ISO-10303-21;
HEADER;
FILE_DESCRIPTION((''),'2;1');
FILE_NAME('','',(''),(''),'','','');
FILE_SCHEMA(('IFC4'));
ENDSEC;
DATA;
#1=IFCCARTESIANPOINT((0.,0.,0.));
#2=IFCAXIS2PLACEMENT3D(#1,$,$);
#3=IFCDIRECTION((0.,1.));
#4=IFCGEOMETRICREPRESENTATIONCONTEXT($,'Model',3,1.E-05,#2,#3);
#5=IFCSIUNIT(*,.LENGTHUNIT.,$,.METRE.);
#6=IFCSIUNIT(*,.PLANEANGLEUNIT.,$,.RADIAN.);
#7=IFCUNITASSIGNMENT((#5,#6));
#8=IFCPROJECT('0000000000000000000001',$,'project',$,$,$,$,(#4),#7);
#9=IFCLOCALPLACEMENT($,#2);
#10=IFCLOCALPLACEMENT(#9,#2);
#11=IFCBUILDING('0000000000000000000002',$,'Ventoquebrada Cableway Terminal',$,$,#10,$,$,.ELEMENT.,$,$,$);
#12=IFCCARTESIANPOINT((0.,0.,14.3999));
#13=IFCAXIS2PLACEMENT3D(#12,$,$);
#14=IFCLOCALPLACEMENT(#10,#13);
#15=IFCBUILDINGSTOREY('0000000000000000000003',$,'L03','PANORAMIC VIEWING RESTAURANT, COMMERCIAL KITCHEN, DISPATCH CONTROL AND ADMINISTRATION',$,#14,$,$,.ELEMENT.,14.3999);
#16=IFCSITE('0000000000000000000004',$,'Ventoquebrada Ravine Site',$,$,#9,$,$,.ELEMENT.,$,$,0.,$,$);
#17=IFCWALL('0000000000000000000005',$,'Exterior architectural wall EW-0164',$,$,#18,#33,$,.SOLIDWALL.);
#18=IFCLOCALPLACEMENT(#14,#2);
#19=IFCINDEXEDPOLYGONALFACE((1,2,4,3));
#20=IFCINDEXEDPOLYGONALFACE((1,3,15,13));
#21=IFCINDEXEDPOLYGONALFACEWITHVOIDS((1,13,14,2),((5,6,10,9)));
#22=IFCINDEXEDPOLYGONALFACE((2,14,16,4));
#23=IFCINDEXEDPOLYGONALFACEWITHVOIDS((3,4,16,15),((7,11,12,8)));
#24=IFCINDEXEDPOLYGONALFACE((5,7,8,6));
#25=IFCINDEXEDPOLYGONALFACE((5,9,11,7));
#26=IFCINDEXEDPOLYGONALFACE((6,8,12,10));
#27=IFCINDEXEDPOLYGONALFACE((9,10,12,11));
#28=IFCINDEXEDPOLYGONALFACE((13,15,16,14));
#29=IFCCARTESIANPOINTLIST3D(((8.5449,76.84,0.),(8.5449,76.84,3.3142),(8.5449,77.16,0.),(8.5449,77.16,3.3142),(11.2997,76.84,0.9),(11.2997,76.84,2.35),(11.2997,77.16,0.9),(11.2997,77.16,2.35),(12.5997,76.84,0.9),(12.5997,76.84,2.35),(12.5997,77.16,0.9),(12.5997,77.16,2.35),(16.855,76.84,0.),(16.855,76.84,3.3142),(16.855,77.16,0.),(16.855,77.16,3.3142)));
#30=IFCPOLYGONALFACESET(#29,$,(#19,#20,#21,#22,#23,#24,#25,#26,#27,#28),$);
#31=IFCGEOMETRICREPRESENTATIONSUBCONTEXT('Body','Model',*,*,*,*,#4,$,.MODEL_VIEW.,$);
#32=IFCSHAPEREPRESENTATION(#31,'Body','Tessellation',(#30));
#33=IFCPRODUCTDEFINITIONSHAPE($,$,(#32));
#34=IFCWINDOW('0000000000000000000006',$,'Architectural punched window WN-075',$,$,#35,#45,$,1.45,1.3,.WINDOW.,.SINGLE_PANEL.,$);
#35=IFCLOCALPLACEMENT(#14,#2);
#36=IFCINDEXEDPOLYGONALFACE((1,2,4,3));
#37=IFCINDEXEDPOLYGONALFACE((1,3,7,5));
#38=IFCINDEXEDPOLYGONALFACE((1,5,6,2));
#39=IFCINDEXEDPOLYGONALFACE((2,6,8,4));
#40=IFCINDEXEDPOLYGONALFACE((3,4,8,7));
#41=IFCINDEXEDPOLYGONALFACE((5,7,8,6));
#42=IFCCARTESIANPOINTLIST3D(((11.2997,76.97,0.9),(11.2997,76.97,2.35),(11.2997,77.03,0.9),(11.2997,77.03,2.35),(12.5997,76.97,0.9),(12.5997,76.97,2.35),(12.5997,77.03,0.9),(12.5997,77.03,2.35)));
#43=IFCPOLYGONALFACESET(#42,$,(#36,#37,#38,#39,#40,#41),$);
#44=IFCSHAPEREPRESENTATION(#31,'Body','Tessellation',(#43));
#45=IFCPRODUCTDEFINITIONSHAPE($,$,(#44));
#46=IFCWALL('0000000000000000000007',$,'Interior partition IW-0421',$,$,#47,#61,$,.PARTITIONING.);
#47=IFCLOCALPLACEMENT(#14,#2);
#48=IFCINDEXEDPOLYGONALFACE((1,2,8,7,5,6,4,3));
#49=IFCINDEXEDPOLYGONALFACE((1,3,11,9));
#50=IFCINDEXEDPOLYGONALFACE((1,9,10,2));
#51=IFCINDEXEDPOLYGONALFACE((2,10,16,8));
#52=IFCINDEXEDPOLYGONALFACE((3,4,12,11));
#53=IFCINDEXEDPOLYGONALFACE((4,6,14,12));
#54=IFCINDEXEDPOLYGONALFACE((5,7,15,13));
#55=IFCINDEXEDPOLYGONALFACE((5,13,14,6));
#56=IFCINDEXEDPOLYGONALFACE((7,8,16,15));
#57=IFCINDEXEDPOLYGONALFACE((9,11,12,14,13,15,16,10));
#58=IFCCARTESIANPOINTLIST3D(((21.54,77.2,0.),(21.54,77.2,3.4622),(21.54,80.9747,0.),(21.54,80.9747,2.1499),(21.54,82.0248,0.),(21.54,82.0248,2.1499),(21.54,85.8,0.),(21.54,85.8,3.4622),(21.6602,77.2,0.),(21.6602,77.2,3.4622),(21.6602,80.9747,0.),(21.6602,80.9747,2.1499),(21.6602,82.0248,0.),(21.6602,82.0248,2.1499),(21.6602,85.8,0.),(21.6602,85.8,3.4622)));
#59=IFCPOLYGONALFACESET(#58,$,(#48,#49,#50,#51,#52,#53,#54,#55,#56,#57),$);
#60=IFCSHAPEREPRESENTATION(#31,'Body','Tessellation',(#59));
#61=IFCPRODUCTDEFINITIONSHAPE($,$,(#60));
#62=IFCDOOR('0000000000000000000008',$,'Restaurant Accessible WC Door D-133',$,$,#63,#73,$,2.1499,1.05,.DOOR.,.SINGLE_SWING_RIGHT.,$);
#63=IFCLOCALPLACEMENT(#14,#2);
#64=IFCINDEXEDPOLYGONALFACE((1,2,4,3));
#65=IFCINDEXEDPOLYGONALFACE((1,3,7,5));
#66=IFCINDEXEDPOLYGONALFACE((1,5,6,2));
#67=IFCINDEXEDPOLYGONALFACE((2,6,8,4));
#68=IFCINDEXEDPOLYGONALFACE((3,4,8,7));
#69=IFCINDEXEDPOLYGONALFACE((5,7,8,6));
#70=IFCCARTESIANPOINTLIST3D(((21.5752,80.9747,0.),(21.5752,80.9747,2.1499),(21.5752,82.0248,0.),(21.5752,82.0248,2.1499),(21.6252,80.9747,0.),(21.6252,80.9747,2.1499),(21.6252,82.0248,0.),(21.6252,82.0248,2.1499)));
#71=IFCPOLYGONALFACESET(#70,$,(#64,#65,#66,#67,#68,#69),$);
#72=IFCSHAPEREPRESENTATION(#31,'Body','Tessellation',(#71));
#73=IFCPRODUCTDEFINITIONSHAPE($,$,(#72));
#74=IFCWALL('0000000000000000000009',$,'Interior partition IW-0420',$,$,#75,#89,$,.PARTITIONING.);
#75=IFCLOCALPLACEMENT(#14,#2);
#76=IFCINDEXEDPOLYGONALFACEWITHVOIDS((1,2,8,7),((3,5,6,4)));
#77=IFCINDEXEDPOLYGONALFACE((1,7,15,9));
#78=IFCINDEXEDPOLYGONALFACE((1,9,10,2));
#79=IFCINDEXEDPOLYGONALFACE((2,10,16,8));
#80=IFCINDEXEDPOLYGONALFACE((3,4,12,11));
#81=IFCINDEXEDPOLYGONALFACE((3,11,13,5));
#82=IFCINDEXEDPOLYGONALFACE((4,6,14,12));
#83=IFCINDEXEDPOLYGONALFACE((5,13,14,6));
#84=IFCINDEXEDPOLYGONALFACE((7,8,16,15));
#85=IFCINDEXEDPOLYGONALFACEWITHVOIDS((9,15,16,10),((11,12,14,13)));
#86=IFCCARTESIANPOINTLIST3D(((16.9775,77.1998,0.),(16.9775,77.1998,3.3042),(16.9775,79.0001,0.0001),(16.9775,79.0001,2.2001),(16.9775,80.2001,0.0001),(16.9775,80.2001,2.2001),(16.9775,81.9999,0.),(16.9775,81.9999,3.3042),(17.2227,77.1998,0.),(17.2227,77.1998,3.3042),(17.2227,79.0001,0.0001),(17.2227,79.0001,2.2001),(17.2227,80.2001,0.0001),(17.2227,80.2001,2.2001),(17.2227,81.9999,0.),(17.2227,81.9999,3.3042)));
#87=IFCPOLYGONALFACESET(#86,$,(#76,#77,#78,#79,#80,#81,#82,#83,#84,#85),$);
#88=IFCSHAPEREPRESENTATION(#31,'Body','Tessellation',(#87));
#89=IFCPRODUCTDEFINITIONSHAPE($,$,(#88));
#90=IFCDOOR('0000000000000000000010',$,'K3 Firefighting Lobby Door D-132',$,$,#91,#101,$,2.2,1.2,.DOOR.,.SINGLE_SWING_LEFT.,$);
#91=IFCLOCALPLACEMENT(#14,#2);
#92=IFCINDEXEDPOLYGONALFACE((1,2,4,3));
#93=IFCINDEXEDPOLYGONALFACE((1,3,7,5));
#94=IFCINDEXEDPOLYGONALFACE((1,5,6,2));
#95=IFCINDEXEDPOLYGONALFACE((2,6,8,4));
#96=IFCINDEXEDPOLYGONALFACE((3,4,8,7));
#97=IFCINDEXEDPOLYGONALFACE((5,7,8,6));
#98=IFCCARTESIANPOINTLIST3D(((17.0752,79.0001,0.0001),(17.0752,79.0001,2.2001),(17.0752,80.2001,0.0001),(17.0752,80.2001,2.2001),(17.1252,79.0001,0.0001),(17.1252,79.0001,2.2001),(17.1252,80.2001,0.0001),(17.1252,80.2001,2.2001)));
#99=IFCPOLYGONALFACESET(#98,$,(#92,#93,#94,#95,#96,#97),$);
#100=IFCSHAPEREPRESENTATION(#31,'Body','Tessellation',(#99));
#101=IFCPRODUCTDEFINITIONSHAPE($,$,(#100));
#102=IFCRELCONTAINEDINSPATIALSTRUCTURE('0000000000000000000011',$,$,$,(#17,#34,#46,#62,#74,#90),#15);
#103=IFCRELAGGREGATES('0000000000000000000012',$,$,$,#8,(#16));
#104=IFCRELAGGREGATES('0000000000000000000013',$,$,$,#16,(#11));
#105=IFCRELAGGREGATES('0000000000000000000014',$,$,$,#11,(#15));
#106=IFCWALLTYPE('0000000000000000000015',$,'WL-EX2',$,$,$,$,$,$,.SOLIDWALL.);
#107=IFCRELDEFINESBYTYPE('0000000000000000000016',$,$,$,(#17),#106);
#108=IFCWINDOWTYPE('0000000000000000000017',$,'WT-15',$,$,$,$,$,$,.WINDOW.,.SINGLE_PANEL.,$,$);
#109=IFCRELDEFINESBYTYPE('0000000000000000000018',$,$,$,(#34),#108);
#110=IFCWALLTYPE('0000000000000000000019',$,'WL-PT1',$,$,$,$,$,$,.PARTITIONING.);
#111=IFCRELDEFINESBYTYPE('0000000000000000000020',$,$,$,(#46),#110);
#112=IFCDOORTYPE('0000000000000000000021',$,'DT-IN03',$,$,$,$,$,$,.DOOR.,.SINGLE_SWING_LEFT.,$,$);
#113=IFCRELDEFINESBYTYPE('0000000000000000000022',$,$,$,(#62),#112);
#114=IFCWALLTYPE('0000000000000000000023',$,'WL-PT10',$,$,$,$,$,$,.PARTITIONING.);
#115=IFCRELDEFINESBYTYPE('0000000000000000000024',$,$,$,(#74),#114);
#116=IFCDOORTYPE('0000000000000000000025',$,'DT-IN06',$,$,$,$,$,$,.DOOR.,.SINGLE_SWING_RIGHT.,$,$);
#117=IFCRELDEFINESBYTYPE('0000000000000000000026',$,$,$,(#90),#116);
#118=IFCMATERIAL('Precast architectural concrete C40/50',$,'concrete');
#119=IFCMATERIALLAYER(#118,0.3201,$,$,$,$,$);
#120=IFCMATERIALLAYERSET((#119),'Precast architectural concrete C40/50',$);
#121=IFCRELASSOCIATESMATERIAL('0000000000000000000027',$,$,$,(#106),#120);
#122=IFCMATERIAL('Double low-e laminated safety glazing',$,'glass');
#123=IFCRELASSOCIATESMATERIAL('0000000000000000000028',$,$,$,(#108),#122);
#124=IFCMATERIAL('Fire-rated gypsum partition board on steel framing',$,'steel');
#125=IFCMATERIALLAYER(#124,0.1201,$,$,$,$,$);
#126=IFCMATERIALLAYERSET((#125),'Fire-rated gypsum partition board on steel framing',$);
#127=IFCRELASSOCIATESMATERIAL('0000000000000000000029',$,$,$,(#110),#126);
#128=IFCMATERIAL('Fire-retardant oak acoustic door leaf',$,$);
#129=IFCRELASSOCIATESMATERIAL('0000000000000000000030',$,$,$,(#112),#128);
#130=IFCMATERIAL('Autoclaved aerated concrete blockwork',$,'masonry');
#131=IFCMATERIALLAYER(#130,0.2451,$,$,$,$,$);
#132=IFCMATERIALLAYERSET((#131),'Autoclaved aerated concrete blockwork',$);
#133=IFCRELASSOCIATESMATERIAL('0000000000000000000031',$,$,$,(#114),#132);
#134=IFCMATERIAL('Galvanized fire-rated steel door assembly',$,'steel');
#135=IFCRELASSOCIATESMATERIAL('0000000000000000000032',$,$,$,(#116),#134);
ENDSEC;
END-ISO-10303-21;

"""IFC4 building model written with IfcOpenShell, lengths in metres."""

from ifc_helpers import new_model, si_unit, direction, frame, frame_2d, origin, place, context, subcontext, project, spatial, rectangle, extrude, material, layer, layer_set, type_object, element, fill, save


model = new_model("IFC4")

# Units and contexts
model_context = context("Model", 3, precision=1e-05, world=origin(), true_north=direction((0.0, 1.0)))
body_context = subcontext(model_context, "Body", "Model", "MODEL_VIEW")
ifc_project = project(units=[si_unit("LENGTHUNIT", "METRE"), si_unit("PLANEANGLEUNIT", "RADIAN")], contexts=[model_context])

# Site, building, storey
site_placement = place(None, origin())
site = spatial("IfcSite", under=ifc_project, at=site_placement, Name="Ventoquebrada Ravine Site", CompositionType="ELEMENT", RefElevation=0.0)
building_placement = place(site_placement, origin())
building = spatial("IfcBuilding", under=site, at=building_placement, Name="Ventoquebrada Cableway Terminal", CompositionType="ELEMENT")
storey_placement = place(building_placement, frame((0.0, 0.0, 14.3999)))
storey = spatial("IfcBuildingStorey", under=building, at=storey_placement, Name="L03", Description="PANORAMIC VIEWING RESTAURANT, COMMERCIAL KITCHEN, DISPATCH CONTROL AND ADMINISTRATION", CompositionType="ELEMENT", Elevation=14.3999)

# Wall, opening, window
ifc_material_1 = material(Name="Precast architectural concrete C40/50", Category="concrete")
ifc_material_2 = material(Name="Double low-e laminated safety glazing", Category="glass")
ifc_layer_1 = layer(ifc_material_1, 0.3201)
ifc_layer_set_1 = layer_set([ifc_layer_1], Name="Precast architectural concrete C40/50")
wall_type_1 = type_object("IfcWallType", Name="WL-EX2", PredefinedType="SOLIDWALL", material=ifc_layer_set_1)
wall_1_placement = place(storey_placement, frame((8.5449, 77.0, 0.0), z_axis=(0.0, 0.0, 1.0), x_axis=(1.0, 0.0, 0.0)))
wall_1 = element("IfcWall", 1, at=wall_1_placement, inside=storey, type_object=wall_type_1, Name="Exterior architectural wall EW-0164", PredefinedType="SOLIDWALL", context=body_context, shape_type="SweptSolid", body=[
    extrude(rectangle(XDim=8.3101, YDim=0.3201, at=frame_2d((4.155, 0.0))), origin(), (0.0, 0.0, 1.0), 3.3142),
])
opening_1_placement = place(wall_1_placement, frame((2.7549, 0.0, 0.8999)))
opening_1 = element("IfcOpeningElement", 2, at=opening_1_placement, cuts=wall_1, PredefinedType="OPENING", context=body_context, shape_type="SweptSolid", body=[
    extrude(rectangle(XDim=1.3, YDim=1.45, at=frame_2d((0.6499, 0.7251))), frame((0.0, 0.1699, 0.0), z_axis=(0.0, -1.0, 0.0), x_axis=(1.0, 0.0, 0.0)), (0.0, 0.0, 1.0), 0.3401),
])
window_type_1 = type_object("IfcWindowType", Name="WT-15", PartitioningType="SINGLE_PANEL", PredefinedType="WINDOW", material=ifc_material_2)
window_1_placement = place(opening_1_placement, origin())
window_1 = element("IfcWindow", 3, at=window_1_placement, inside=storey, type_object=window_type_1, Name="Architectural punched window WN-075", OverallHeight=1.45, OverallWidth=1.3, PartitioningType="SINGLE_PANEL", PredefinedType="WINDOW", context=body_context, shape_type="SweptSolid", body=[
    extrude(rectangle(XDim=1.3, YDim=1.45, at=frame_2d((0.6499, 0.7251))), frame((0.0, 0.03, 0.0), z_axis=(0.0, -1.0, 0.0), x_axis=(1.0, 0.0, 0.0)), (0.0, 0.0, 1.0), 0.0601),
])
fill(opening_1, window_1)

# Walls, openings, doors
ifc_material_3 = material(Name="Fire-rated gypsum partition board on steel framing", Category="steel")
ifc_layer_2 = layer(ifc_material_3, 0.1201)
ifc_layer_set_2 = layer_set([ifc_layer_2], Name="Fire-rated gypsum partition board on steel framing")
wall_type_2 = type_object("IfcWallType", Name="WL-PT1", PredefinedType="PARTITIONING", material=ifc_layer_set_2)
wall_2_placement = place(storey_placement, frame((21.6001, 77.2, 0.0), z_axis=(0.0, 0.0, 1.0), x_axis=(0.0, 1.0, 0.0)))
wall_2 = element("IfcWall", 4, at=wall_2_placement, inside=storey, type_object=wall_type_2, Name="Interior partition IW-0421", PredefinedType="PARTITIONING", context=body_context, shape_type="SweptSolid", body=[
    extrude(rectangle(XDim=8.6001, YDim=0.1201, at=frame_2d((4.3, 0.0))), origin(), (0.0, 0.0, 1.0), 3.4622),
])
opening_2_placement = place(wall_2_placement, frame((3.7749, 0.0, 0.0)))
opening_2 = element("IfcOpeningElement", 5, at=opening_2_placement, cuts=wall_2, PredefinedType="OPENING", context=body_context, shape_type="SweptSolid", body=[
    extrude(rectangle(XDim=1.05, YDim=2.1499, at=frame_2d((0.5249, 1.075))), frame((0.0, 0.0701, 0.0), z_axis=(0.0, -1.0, 0.0), x_axis=(1.0, 0.0, 0.0)), (0.0, 0.0, 1.0), 0.1401),
])
ifc_material_4 = material(Name="Fire-retardant oak acoustic door leaf")
door_type_1 = type_object("IfcDoorType", Name="DT-IN03", OperationType="SINGLE_SWING_LEFT", PredefinedType="DOOR", material=ifc_material_4)
door_1_placement = place(opening_2_placement, origin())
door_1 = element("IfcDoor", 6, at=door_1_placement, inside=storey, type_object=door_type_1, Name="Restaurant Accessible WC Door D-133", OperationType="SINGLE_SWING_RIGHT", OverallHeight=2.1499, OverallWidth=1.05, PredefinedType="DOOR", context=body_context, shape_type="SweptSolid", body=[
    extrude(rectangle(XDim=1.05, YDim=2.1499, at=frame_2d((0.5249, 1.075))), frame((0.0, 0.0249, 0.0), z_axis=(0.0, -1.0, 0.0), x_axis=(1.0, 0.0, 0.0)), (0.0, 0.0, 1.0), 0.05),
])
fill(opening_2, door_1)
ifc_material_5 = material(Name="Autoclaved aerated concrete blockwork", Category="masonry")
ifc_layer_3 = layer(ifc_material_5, 0.2451)
ifc_layer_set_3 = layer_set([ifc_layer_3], Name="Autoclaved aerated concrete blockwork")
wall_type_3 = type_object("IfcWallType", Name="WL-PT10", PredefinedType="PARTITIONING", material=ifc_layer_set_3)
wall_3_placement = place(storey_placement, frame((17.1001, 77.2, 0.0), z_axis=(0.0, 0.0, 1.0), x_axis=(0.0, 1.0, 0.0)))
wall_3 = element("IfcWall", 7, at=wall_3_placement, inside=storey, type_object=wall_type_3, Name="Interior partition IW-0420", PredefinedType="PARTITIONING", context=body_context, shape_type="SweptSolid", body=[
    extrude(rectangle(XDim=4.8, YDim=0.2451, at=frame_2d((2.3999, 0.0))), origin(), (0.0, 0.0, 1.0), 3.3042),
])
opening_3_placement = place(wall_3_placement, frame((1.8, 0.0, 0.0)))
opening_3 = element("IfcOpeningElement", 8, at=opening_3_placement, cuts=wall_3, PredefinedType="OPENING", context=body_context, shape_type="SweptSolid", body=[
    extrude(rectangle(XDim=1.2, YDim=2.2, at=frame_2d((0.6001, 1.1001))), frame((0.0, 0.1326, 0.0), z_axis=(0.0, -1.0, 0.0), x_axis=(1.0, 0.0, 0.0)), (0.0, 0.0, 1.0), 0.2651),
])
ifc_material_6 = material(Name="Galvanized fire-rated steel door assembly", Category="steel")
door_type_2 = type_object("IfcDoorType", Name="DT-IN06", OperationType="SINGLE_SWING_RIGHT", PredefinedType="DOOR", material=ifc_material_6)
door_2_placement = place(opening_3_placement, origin())
door_2 = element("IfcDoor", 9, at=door_2_placement, inside=storey, type_object=door_type_2, Name="K3 Firefighting Lobby Door D-132", OperationType="SINGLE_SWING_LEFT", OverallHeight=2.2, OverallWidth=1.2, PredefinedType="DOOR", context=body_context, shape_type="SweptSolid", body=[
    extrude(rectangle(XDim=1.2, YDim=2.2, at=frame_2d((0.6001, 1.1001))), frame((0.0, 0.0249, 0.0), z_axis=(0.0, -1.0, 0.0), x_axis=(1.0, 0.0, 0.0)), (0.0, 0.0, 1.0), 0.05),
])
fill(opening_3, door_2)

save(model, "model.ifc")
